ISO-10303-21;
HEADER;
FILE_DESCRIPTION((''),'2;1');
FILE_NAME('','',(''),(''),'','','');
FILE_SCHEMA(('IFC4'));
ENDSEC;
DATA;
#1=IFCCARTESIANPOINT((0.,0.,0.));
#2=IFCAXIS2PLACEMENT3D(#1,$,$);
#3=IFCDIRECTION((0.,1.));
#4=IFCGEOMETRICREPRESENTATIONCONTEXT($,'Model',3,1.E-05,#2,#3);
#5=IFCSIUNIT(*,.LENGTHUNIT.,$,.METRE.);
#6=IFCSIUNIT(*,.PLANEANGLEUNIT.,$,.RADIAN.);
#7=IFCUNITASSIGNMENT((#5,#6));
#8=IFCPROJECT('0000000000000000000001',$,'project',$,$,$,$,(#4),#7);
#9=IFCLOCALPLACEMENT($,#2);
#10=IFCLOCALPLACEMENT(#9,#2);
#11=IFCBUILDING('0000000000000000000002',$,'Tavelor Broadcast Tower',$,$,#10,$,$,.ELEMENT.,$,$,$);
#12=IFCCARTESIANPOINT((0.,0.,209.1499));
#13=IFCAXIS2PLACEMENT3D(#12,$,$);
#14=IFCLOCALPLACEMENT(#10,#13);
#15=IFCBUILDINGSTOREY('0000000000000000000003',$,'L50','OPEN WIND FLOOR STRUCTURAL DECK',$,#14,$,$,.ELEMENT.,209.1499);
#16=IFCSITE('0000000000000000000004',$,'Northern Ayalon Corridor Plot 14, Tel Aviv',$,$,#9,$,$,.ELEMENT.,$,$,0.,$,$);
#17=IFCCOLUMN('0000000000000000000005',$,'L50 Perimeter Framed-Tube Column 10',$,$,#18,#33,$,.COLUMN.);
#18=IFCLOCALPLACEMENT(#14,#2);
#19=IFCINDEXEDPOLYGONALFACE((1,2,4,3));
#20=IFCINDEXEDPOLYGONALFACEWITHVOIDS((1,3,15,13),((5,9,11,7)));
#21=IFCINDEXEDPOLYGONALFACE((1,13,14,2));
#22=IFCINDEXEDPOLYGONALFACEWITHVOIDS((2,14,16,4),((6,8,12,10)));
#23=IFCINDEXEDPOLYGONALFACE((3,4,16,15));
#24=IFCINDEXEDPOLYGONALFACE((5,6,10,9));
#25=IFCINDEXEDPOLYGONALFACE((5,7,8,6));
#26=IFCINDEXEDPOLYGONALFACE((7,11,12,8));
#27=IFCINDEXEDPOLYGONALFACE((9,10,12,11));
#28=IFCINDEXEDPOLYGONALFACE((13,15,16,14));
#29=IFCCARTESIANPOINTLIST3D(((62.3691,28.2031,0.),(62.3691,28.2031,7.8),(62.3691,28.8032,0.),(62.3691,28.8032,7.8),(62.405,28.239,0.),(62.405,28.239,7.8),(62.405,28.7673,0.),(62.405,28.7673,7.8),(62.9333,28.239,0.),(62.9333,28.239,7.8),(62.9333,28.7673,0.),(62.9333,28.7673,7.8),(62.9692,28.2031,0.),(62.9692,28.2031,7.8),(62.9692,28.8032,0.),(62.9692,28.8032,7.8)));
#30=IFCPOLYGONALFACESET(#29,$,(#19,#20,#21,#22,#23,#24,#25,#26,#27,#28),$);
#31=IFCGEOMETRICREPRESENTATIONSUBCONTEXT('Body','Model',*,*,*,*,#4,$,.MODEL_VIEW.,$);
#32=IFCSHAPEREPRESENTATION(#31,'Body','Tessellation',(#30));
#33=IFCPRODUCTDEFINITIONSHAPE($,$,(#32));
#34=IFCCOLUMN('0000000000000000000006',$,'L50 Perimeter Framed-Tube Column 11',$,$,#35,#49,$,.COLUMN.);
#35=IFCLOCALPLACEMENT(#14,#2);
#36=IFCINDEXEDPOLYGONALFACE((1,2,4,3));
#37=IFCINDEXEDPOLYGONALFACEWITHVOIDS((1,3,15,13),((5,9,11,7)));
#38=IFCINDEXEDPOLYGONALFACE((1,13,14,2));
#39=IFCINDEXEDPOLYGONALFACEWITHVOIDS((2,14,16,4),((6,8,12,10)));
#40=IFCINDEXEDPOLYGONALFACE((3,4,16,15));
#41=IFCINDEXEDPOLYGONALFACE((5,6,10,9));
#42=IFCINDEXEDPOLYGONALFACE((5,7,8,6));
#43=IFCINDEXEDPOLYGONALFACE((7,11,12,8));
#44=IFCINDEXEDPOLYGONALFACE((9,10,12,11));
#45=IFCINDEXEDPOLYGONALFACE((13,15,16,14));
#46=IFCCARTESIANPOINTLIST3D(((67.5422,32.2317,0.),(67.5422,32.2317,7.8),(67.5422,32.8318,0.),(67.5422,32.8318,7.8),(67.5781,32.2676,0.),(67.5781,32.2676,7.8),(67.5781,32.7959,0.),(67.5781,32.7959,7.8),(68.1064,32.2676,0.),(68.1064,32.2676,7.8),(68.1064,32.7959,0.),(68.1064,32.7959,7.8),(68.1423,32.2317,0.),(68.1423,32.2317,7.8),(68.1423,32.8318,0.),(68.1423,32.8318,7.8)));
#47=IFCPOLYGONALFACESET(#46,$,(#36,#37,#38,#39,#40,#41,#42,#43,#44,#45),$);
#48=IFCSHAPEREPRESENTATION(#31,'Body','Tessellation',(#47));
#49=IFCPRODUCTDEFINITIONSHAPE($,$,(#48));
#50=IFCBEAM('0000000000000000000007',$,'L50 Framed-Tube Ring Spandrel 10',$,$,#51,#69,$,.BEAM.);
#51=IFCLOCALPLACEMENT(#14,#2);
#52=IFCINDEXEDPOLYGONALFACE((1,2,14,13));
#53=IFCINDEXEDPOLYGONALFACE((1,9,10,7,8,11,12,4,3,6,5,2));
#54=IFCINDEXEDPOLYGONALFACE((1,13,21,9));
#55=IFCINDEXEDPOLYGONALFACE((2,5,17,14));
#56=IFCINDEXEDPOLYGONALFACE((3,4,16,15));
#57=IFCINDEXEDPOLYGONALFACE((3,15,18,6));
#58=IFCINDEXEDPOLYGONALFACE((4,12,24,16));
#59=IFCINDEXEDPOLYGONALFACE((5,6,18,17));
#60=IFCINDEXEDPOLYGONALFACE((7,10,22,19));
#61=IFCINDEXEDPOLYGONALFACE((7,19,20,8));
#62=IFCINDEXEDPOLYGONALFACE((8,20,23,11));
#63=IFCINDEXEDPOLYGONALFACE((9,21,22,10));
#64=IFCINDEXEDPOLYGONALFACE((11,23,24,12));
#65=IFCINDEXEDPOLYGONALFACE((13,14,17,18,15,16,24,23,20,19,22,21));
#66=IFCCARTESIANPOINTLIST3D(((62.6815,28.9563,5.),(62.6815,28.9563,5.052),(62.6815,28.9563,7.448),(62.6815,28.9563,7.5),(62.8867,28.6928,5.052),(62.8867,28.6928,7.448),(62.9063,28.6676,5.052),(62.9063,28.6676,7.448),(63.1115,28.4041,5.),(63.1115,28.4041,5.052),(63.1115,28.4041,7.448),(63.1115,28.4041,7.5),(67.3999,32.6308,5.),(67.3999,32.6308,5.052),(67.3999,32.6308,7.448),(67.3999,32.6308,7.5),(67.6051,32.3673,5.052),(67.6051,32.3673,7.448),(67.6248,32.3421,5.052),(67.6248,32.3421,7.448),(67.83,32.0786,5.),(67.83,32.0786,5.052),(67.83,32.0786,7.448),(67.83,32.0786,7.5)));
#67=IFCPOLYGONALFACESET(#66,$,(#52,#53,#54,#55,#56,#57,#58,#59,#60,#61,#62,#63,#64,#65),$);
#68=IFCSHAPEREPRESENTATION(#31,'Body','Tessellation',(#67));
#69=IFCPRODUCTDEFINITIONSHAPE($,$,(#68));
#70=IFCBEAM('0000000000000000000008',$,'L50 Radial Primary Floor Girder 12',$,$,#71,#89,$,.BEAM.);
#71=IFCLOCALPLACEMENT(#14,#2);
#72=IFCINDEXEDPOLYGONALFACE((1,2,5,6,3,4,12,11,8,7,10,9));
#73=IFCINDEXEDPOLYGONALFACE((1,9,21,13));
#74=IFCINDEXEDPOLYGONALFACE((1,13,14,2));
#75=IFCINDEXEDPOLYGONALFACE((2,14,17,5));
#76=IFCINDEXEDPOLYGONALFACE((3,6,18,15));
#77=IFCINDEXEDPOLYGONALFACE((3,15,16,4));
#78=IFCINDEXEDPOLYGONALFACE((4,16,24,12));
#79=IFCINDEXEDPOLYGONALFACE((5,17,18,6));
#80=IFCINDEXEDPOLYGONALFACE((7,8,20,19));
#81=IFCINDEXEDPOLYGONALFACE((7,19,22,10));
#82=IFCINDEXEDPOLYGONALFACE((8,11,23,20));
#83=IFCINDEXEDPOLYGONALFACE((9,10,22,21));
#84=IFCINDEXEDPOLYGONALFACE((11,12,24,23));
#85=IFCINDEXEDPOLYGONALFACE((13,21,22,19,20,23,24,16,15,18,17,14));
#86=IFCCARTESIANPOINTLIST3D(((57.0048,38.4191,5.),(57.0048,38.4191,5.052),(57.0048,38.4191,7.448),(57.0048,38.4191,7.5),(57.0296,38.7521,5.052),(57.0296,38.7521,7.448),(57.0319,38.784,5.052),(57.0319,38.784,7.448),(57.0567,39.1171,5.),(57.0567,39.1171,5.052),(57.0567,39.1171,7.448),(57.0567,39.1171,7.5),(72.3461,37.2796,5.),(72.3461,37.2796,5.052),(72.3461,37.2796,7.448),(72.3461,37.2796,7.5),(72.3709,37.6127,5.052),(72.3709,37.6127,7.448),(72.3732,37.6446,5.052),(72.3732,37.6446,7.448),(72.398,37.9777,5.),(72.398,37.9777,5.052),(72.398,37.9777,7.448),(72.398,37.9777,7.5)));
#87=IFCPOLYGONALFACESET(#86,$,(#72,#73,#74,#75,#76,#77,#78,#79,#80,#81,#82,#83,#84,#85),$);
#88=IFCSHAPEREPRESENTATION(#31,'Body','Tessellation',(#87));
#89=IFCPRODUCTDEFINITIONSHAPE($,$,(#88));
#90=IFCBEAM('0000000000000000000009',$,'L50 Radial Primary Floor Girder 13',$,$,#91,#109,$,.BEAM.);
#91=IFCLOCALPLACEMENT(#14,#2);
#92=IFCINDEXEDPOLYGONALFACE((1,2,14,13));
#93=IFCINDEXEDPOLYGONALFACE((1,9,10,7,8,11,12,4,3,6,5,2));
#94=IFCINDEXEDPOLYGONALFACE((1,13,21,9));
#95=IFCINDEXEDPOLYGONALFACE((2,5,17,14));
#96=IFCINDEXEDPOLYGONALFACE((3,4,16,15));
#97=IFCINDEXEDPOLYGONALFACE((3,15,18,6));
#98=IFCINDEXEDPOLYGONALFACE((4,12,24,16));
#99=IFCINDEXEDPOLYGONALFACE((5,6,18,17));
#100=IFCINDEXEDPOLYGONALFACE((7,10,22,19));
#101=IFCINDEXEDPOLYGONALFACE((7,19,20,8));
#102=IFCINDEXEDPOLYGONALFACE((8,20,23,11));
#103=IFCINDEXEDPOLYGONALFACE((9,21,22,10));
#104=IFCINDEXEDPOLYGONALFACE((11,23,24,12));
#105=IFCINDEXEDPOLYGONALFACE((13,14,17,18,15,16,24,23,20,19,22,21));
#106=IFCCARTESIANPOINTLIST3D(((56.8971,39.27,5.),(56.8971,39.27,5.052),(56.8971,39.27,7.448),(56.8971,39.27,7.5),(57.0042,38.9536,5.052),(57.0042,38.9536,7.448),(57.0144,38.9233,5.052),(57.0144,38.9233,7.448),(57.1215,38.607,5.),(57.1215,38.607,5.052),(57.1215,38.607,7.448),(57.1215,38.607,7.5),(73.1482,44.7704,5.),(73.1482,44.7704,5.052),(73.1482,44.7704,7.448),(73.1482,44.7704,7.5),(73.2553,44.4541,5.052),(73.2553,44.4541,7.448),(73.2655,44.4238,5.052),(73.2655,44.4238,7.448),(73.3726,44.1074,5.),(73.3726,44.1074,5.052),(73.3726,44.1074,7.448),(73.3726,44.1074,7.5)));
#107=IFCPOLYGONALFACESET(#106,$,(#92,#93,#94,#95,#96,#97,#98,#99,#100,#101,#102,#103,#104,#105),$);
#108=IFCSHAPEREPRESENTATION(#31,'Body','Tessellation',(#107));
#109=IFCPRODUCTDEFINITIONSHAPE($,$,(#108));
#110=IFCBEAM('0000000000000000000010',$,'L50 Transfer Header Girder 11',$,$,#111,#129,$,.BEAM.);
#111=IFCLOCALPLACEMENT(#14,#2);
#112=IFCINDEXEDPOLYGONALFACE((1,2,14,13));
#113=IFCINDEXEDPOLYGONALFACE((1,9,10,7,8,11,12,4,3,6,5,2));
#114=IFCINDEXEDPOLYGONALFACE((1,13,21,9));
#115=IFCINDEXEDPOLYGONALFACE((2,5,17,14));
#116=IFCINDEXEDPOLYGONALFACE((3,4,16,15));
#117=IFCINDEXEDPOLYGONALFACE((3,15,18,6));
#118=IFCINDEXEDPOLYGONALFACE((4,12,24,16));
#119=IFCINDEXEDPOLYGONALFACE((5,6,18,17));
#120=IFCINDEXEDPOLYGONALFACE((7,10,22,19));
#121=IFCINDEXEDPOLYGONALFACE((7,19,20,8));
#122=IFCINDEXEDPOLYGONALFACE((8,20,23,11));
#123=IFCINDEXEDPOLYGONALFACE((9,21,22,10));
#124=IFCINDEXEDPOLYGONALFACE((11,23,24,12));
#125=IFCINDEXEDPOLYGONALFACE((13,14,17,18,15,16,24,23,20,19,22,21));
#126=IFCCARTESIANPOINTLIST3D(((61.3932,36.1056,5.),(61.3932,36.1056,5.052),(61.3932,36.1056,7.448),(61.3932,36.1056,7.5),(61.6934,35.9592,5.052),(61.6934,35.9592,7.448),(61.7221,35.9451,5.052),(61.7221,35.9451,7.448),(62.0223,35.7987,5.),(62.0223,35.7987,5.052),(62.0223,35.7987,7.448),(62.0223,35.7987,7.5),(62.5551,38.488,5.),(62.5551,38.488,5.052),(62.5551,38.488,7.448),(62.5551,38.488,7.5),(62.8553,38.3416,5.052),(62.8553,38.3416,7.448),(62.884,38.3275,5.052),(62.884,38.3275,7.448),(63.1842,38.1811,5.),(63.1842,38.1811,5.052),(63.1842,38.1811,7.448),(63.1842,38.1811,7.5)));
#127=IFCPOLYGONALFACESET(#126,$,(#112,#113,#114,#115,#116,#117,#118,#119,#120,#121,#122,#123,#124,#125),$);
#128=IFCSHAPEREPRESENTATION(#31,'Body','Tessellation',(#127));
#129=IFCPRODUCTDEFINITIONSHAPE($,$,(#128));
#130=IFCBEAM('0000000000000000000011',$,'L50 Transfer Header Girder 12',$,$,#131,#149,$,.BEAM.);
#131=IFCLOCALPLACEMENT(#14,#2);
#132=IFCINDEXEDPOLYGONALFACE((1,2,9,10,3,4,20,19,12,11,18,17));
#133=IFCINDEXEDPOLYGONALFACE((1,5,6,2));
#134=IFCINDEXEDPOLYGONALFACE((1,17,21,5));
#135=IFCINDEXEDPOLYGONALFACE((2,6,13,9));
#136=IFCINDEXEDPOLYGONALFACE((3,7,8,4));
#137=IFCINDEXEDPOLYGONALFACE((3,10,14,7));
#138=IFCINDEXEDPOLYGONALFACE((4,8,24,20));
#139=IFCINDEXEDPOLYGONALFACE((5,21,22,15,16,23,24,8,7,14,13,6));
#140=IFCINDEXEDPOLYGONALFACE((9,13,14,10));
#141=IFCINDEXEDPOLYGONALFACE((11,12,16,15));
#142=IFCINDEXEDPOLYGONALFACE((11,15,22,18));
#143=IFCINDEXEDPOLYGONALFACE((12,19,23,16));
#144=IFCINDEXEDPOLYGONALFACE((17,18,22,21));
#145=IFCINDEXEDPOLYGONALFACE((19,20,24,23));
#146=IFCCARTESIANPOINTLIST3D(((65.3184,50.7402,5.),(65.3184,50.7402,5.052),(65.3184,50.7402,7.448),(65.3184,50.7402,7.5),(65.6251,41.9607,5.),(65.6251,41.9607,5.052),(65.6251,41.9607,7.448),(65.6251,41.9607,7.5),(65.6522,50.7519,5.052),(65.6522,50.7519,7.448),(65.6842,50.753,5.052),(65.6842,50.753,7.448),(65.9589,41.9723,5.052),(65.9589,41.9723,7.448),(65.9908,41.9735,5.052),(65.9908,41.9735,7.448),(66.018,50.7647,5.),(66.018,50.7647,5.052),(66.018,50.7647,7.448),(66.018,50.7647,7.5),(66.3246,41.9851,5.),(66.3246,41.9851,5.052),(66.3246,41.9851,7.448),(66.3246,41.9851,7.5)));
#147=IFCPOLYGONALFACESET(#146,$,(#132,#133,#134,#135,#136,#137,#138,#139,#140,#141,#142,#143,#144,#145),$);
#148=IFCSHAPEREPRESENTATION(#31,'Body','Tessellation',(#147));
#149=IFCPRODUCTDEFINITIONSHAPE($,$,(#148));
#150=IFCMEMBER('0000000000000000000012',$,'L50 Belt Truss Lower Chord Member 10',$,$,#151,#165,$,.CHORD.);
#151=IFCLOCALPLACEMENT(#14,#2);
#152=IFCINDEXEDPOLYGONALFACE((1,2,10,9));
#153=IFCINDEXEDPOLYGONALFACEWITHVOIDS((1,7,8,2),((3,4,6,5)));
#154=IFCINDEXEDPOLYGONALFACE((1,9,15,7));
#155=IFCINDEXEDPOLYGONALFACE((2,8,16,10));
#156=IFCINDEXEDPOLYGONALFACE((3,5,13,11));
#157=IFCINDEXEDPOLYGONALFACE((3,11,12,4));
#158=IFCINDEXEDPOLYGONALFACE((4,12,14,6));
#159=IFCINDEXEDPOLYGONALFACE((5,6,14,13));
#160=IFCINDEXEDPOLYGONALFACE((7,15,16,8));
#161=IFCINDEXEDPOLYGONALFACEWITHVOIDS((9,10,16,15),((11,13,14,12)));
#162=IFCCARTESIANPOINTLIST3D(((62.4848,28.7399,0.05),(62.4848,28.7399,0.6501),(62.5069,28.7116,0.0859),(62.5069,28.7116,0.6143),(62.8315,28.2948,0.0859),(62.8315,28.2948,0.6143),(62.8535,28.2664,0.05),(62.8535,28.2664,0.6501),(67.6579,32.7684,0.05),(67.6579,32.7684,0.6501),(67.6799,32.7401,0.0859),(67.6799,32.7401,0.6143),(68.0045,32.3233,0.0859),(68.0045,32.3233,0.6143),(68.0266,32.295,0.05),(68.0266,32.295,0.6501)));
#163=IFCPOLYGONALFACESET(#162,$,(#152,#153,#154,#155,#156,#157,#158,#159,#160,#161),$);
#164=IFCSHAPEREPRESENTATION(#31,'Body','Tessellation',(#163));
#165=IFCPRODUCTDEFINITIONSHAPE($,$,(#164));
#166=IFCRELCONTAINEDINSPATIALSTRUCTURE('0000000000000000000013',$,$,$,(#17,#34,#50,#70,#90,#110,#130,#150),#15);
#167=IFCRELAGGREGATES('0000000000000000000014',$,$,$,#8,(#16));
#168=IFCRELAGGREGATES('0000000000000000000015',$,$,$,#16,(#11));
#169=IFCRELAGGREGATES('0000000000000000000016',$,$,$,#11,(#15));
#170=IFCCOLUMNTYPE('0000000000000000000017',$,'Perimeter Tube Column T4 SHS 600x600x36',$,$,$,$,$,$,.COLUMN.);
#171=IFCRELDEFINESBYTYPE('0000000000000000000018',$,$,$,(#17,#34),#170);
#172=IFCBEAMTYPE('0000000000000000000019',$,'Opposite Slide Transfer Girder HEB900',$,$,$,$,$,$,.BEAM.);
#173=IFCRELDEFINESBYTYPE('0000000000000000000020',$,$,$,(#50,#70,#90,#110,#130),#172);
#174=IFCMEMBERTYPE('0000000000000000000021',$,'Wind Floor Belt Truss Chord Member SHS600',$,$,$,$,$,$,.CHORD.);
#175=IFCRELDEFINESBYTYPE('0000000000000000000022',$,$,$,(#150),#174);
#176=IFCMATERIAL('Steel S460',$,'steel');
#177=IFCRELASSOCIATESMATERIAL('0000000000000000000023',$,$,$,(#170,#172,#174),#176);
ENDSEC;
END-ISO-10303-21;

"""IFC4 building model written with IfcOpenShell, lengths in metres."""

from ifc_helpers import new_model, si_unit, direction, frame, origin, origin_2d, place, context, subcontext, project, spatial, hollow_rectangle, i_section, extrude, material, material_profile, profile_set, type_object, element, save


model = new_model("IFC4")

# Units and contexts
model_context = context("Model", 3, precision=1e-05, world=origin(), true_north=direction((0.0, 1.0)))
body_context = subcontext(model_context, "Body", "Model", "MODEL_VIEW")
ifc_project = project(units=[si_unit("LENGTHUNIT", "METRE"), si_unit("PLANEANGLEUNIT", "RADIAN")], contexts=[model_context])

# Site, building, storey
site_placement = place(None, origin())
site = spatial("IfcSite", under=ifc_project, at=site_placement, Name="Northern Ayalon Corridor Plot 14, Tel Aviv", CompositionType="ELEMENT", RefElevation=0.0)
building_placement = place(site_placement, origin())
building = spatial("IfcBuilding", under=site, at=building_placement, Name="Tavelor Broadcast Tower", CompositionType="ELEMENT")
storey_placement = place(building_placement, frame((0.0, 0.0, 209.1499)))
storey = spatial("IfcBuildingStorey", under=building, at=storey_placement, Name="L50", Description="OPEN WIND FLOOR STRUCTURAL DECK", CompositionType="ELEMENT", Elevation=209.1499)

# Columns
ifc_material_1 = material(Name="Steel S460", Category="steel")
ifc_material_profile_1 = material_profile(ifc_material_1, hollow_rectangle(XDim=0.6001, YDim=0.6001, WallThickness=0.0359, at=origin_2d()), Name="SHS 600x600x36")
ifc_profile_set_1 = profile_set([ifc_material_profile_1], Name="Steel S460")
column_type = type_object("IfcColumnType", Name="Perimeter Tube Column T4 SHS 600x600x36", PredefinedType="COLUMN", material=ifc_profile_set_1)
for number, where, z_axis, x_axis, name in (
    (1, (62.6692, 28.5032, 0.0), (0.0, 0.0, 1.0), (1.0, 0.0, 0.0), "L50 Perimeter Framed-Tube Column 10"),
    (2, (67.8423, 32.5317, 0.0), (0.0, 0.0, 1.0), (1.0, 0.0, 0.0), "L50 Perimeter Framed-Tube Column 11"),
):
    element("IfcColumn", number, at=place(storey_placement, frame(where, z_axis=z_axis, x_axis=x_axis)), inside=storey, type_object=column_type, Name=name, PredefinedType="COLUMN", context=body_context, shape_type="SweptSolid", body=[
        extrude(hollow_rectangle(XDim=0.6001, YDim=0.6001, WallThickness=0.0359, at=origin_2d()), origin(), (0.0, 0.0, 1.0), 7.8),
    ])

# Beams
ifc_material_profile_2 = material_profile(ifc_material_1, i_section(OverallWidth=0.7, OverallDepth=2.5, WebThickness=0.032, FlangeThickness=0.052, at=origin_2d()), Name="PG 2500x700")
ifc_profile_set_2 = profile_set([ifc_material_profile_2], Name="Steel S460")
beam_type = type_object("IfcBeamType", Name="Opposite Slide Transfer Girder HEB900", PredefinedType="BEAM", material=ifc_profile_set_2)
beam_1_placement = place(storey_placement, frame((62.8965, 28.6802, 6.25), z_axis=(0.788978, 0.614421, 0.0), x_axis=(-0.614421, 0.788978, 0.0)))
element("IfcBeam", 3, at=beam_1_placement, inside=storey, type_object=beam_type, Name="L50 Framed-Tube Ring Spandrel 10", PredefinedType="BEAM", context=body_context, shape_type="SweptSolid", body=[
    extrude(i_section(OverallWidth=0.7, OverallDepth=2.5, WebThickness=0.032, FlangeThickness=0.052, at=origin_2d()), origin(), (0.0, 0.0, 1.0), 5.9805),
])
beam_2_placement = place(storey_placement, frame((57.0308, 38.7681, 6.25), z_axis=(0.997253, -0.074066, 0.0), x_axis=(0.074066, 0.997253, 0.0)))
element("IfcBeam", 4, at=beam_2_placement, inside=storey, type_object=beam_type, Name="L50 Radial Primary Floor Girder 12", PredefinedType="BEAM", context=body_context, shape_type="SweptSolid", body=[
    extrude(i_section(OverallWidth=0.7, OverallDepth=2.5, WebThickness=0.032, FlangeThickness=0.052, at=origin_2d()), origin(), (0.0, 0.0, 1.0), 15.3835),
])
beam_3_placement = place(storey_placement, frame((57.0093, 38.9385, 6.25), z_axis=(0.947215, 0.3206, 0.0), x_axis=(-0.3206, 0.947215, 0.0)))
element("IfcBeam", 5, at=beam_3_placement, inside=storey, type_object=beam_type, Name="L50 Radial Primary Floor Girder 13", PredefinedType="BEAM", context=body_context, shape_type="SweptSolid", body=[
    extrude(i_section(OverallWidth=0.7, OverallDepth=2.5, WebThickness=0.032, FlangeThickness=0.052, at=origin_2d()), origin(), (0.0, 0.0, 1.0), 17.1567),
])
beam_4_placement = place(storey_placement, frame((61.7078, 35.9521, 6.25), z_axis=(0.438349, 0.898805, 0.0), x_axis=(-0.898805, 0.438349, 0.0)))
element("IfcBeam", 6, at=beam_4_placement, inside=storey, type_object=beam_type, Name="L50 Transfer Header Girder 11", PredefinedType="BEAM", context=body_context, shape_type="SweptSolid", body=[
    extrude(i_section(OverallWidth=0.7, OverallDepth=2.5, WebThickness=0.032, FlangeThickness=0.052, at=origin_2d()), origin(), (0.0, 0.0, 1.0), 2.6506),
])
beam_5_placement = place(storey_placement, frame((65.9749, 41.9729, 6.25), z_axis=(-0.034905, 0.999391, 0.0), x_axis=(-0.999391, -0.034905, 0.0)))
element("IfcBeam", 7, at=beam_5_placement, inside=storey, type_object=beam_type, Name="L50 Transfer Header Girder 12", PredefinedType="BEAM", context=body_context, shape_type="SweptSolid", body=[
    extrude(i_section(OverallWidth=0.7, OverallDepth=2.5, WebThickness=0.032, FlangeThickness=0.052, at=origin_2d()), origin(), (0.0, 0.0, 1.0), 8.7849),
])

# Member
ifc_material_profile_3 = material_profile(ifc_material_1, hollow_rectangle(XDim=0.6001, YDim=0.6001, WallThickness=0.0359, at=origin_2d()), Name="SHS 600x600x36")
ifc_profile_set_3 = profile_set([ifc_material_profile_3], Name="Steel S460")
member_type_1 = type_object("IfcMemberType", Name="Wind Floor Belt Truss Chord Member SHS600", PredefinedType="CHORD", material=ifc_profile_set_3)
member_1_placement = place(storey_placement, frame((62.6692, 28.5032, 0.3501), z_axis=(0.788979, 0.61442, 0.0), x_axis=(-0.61442, 0.788979, 0.0)))
element("IfcMember", 8, at=member_1_placement, inside=storey, type_object=member_type_1, Name="L50 Belt Truss Lower Chord Member 10", PredefinedType="CHORD", context=body_context, shape_type="SweptSolid", body=[
    extrude(hollow_rectangle(XDim=0.6001, YDim=0.6001, WallThickness=0.0359, at=origin_2d()), origin(), (0.0, 0.0, 1.0), 6.5566),
])

save(model, "model.ifc")
